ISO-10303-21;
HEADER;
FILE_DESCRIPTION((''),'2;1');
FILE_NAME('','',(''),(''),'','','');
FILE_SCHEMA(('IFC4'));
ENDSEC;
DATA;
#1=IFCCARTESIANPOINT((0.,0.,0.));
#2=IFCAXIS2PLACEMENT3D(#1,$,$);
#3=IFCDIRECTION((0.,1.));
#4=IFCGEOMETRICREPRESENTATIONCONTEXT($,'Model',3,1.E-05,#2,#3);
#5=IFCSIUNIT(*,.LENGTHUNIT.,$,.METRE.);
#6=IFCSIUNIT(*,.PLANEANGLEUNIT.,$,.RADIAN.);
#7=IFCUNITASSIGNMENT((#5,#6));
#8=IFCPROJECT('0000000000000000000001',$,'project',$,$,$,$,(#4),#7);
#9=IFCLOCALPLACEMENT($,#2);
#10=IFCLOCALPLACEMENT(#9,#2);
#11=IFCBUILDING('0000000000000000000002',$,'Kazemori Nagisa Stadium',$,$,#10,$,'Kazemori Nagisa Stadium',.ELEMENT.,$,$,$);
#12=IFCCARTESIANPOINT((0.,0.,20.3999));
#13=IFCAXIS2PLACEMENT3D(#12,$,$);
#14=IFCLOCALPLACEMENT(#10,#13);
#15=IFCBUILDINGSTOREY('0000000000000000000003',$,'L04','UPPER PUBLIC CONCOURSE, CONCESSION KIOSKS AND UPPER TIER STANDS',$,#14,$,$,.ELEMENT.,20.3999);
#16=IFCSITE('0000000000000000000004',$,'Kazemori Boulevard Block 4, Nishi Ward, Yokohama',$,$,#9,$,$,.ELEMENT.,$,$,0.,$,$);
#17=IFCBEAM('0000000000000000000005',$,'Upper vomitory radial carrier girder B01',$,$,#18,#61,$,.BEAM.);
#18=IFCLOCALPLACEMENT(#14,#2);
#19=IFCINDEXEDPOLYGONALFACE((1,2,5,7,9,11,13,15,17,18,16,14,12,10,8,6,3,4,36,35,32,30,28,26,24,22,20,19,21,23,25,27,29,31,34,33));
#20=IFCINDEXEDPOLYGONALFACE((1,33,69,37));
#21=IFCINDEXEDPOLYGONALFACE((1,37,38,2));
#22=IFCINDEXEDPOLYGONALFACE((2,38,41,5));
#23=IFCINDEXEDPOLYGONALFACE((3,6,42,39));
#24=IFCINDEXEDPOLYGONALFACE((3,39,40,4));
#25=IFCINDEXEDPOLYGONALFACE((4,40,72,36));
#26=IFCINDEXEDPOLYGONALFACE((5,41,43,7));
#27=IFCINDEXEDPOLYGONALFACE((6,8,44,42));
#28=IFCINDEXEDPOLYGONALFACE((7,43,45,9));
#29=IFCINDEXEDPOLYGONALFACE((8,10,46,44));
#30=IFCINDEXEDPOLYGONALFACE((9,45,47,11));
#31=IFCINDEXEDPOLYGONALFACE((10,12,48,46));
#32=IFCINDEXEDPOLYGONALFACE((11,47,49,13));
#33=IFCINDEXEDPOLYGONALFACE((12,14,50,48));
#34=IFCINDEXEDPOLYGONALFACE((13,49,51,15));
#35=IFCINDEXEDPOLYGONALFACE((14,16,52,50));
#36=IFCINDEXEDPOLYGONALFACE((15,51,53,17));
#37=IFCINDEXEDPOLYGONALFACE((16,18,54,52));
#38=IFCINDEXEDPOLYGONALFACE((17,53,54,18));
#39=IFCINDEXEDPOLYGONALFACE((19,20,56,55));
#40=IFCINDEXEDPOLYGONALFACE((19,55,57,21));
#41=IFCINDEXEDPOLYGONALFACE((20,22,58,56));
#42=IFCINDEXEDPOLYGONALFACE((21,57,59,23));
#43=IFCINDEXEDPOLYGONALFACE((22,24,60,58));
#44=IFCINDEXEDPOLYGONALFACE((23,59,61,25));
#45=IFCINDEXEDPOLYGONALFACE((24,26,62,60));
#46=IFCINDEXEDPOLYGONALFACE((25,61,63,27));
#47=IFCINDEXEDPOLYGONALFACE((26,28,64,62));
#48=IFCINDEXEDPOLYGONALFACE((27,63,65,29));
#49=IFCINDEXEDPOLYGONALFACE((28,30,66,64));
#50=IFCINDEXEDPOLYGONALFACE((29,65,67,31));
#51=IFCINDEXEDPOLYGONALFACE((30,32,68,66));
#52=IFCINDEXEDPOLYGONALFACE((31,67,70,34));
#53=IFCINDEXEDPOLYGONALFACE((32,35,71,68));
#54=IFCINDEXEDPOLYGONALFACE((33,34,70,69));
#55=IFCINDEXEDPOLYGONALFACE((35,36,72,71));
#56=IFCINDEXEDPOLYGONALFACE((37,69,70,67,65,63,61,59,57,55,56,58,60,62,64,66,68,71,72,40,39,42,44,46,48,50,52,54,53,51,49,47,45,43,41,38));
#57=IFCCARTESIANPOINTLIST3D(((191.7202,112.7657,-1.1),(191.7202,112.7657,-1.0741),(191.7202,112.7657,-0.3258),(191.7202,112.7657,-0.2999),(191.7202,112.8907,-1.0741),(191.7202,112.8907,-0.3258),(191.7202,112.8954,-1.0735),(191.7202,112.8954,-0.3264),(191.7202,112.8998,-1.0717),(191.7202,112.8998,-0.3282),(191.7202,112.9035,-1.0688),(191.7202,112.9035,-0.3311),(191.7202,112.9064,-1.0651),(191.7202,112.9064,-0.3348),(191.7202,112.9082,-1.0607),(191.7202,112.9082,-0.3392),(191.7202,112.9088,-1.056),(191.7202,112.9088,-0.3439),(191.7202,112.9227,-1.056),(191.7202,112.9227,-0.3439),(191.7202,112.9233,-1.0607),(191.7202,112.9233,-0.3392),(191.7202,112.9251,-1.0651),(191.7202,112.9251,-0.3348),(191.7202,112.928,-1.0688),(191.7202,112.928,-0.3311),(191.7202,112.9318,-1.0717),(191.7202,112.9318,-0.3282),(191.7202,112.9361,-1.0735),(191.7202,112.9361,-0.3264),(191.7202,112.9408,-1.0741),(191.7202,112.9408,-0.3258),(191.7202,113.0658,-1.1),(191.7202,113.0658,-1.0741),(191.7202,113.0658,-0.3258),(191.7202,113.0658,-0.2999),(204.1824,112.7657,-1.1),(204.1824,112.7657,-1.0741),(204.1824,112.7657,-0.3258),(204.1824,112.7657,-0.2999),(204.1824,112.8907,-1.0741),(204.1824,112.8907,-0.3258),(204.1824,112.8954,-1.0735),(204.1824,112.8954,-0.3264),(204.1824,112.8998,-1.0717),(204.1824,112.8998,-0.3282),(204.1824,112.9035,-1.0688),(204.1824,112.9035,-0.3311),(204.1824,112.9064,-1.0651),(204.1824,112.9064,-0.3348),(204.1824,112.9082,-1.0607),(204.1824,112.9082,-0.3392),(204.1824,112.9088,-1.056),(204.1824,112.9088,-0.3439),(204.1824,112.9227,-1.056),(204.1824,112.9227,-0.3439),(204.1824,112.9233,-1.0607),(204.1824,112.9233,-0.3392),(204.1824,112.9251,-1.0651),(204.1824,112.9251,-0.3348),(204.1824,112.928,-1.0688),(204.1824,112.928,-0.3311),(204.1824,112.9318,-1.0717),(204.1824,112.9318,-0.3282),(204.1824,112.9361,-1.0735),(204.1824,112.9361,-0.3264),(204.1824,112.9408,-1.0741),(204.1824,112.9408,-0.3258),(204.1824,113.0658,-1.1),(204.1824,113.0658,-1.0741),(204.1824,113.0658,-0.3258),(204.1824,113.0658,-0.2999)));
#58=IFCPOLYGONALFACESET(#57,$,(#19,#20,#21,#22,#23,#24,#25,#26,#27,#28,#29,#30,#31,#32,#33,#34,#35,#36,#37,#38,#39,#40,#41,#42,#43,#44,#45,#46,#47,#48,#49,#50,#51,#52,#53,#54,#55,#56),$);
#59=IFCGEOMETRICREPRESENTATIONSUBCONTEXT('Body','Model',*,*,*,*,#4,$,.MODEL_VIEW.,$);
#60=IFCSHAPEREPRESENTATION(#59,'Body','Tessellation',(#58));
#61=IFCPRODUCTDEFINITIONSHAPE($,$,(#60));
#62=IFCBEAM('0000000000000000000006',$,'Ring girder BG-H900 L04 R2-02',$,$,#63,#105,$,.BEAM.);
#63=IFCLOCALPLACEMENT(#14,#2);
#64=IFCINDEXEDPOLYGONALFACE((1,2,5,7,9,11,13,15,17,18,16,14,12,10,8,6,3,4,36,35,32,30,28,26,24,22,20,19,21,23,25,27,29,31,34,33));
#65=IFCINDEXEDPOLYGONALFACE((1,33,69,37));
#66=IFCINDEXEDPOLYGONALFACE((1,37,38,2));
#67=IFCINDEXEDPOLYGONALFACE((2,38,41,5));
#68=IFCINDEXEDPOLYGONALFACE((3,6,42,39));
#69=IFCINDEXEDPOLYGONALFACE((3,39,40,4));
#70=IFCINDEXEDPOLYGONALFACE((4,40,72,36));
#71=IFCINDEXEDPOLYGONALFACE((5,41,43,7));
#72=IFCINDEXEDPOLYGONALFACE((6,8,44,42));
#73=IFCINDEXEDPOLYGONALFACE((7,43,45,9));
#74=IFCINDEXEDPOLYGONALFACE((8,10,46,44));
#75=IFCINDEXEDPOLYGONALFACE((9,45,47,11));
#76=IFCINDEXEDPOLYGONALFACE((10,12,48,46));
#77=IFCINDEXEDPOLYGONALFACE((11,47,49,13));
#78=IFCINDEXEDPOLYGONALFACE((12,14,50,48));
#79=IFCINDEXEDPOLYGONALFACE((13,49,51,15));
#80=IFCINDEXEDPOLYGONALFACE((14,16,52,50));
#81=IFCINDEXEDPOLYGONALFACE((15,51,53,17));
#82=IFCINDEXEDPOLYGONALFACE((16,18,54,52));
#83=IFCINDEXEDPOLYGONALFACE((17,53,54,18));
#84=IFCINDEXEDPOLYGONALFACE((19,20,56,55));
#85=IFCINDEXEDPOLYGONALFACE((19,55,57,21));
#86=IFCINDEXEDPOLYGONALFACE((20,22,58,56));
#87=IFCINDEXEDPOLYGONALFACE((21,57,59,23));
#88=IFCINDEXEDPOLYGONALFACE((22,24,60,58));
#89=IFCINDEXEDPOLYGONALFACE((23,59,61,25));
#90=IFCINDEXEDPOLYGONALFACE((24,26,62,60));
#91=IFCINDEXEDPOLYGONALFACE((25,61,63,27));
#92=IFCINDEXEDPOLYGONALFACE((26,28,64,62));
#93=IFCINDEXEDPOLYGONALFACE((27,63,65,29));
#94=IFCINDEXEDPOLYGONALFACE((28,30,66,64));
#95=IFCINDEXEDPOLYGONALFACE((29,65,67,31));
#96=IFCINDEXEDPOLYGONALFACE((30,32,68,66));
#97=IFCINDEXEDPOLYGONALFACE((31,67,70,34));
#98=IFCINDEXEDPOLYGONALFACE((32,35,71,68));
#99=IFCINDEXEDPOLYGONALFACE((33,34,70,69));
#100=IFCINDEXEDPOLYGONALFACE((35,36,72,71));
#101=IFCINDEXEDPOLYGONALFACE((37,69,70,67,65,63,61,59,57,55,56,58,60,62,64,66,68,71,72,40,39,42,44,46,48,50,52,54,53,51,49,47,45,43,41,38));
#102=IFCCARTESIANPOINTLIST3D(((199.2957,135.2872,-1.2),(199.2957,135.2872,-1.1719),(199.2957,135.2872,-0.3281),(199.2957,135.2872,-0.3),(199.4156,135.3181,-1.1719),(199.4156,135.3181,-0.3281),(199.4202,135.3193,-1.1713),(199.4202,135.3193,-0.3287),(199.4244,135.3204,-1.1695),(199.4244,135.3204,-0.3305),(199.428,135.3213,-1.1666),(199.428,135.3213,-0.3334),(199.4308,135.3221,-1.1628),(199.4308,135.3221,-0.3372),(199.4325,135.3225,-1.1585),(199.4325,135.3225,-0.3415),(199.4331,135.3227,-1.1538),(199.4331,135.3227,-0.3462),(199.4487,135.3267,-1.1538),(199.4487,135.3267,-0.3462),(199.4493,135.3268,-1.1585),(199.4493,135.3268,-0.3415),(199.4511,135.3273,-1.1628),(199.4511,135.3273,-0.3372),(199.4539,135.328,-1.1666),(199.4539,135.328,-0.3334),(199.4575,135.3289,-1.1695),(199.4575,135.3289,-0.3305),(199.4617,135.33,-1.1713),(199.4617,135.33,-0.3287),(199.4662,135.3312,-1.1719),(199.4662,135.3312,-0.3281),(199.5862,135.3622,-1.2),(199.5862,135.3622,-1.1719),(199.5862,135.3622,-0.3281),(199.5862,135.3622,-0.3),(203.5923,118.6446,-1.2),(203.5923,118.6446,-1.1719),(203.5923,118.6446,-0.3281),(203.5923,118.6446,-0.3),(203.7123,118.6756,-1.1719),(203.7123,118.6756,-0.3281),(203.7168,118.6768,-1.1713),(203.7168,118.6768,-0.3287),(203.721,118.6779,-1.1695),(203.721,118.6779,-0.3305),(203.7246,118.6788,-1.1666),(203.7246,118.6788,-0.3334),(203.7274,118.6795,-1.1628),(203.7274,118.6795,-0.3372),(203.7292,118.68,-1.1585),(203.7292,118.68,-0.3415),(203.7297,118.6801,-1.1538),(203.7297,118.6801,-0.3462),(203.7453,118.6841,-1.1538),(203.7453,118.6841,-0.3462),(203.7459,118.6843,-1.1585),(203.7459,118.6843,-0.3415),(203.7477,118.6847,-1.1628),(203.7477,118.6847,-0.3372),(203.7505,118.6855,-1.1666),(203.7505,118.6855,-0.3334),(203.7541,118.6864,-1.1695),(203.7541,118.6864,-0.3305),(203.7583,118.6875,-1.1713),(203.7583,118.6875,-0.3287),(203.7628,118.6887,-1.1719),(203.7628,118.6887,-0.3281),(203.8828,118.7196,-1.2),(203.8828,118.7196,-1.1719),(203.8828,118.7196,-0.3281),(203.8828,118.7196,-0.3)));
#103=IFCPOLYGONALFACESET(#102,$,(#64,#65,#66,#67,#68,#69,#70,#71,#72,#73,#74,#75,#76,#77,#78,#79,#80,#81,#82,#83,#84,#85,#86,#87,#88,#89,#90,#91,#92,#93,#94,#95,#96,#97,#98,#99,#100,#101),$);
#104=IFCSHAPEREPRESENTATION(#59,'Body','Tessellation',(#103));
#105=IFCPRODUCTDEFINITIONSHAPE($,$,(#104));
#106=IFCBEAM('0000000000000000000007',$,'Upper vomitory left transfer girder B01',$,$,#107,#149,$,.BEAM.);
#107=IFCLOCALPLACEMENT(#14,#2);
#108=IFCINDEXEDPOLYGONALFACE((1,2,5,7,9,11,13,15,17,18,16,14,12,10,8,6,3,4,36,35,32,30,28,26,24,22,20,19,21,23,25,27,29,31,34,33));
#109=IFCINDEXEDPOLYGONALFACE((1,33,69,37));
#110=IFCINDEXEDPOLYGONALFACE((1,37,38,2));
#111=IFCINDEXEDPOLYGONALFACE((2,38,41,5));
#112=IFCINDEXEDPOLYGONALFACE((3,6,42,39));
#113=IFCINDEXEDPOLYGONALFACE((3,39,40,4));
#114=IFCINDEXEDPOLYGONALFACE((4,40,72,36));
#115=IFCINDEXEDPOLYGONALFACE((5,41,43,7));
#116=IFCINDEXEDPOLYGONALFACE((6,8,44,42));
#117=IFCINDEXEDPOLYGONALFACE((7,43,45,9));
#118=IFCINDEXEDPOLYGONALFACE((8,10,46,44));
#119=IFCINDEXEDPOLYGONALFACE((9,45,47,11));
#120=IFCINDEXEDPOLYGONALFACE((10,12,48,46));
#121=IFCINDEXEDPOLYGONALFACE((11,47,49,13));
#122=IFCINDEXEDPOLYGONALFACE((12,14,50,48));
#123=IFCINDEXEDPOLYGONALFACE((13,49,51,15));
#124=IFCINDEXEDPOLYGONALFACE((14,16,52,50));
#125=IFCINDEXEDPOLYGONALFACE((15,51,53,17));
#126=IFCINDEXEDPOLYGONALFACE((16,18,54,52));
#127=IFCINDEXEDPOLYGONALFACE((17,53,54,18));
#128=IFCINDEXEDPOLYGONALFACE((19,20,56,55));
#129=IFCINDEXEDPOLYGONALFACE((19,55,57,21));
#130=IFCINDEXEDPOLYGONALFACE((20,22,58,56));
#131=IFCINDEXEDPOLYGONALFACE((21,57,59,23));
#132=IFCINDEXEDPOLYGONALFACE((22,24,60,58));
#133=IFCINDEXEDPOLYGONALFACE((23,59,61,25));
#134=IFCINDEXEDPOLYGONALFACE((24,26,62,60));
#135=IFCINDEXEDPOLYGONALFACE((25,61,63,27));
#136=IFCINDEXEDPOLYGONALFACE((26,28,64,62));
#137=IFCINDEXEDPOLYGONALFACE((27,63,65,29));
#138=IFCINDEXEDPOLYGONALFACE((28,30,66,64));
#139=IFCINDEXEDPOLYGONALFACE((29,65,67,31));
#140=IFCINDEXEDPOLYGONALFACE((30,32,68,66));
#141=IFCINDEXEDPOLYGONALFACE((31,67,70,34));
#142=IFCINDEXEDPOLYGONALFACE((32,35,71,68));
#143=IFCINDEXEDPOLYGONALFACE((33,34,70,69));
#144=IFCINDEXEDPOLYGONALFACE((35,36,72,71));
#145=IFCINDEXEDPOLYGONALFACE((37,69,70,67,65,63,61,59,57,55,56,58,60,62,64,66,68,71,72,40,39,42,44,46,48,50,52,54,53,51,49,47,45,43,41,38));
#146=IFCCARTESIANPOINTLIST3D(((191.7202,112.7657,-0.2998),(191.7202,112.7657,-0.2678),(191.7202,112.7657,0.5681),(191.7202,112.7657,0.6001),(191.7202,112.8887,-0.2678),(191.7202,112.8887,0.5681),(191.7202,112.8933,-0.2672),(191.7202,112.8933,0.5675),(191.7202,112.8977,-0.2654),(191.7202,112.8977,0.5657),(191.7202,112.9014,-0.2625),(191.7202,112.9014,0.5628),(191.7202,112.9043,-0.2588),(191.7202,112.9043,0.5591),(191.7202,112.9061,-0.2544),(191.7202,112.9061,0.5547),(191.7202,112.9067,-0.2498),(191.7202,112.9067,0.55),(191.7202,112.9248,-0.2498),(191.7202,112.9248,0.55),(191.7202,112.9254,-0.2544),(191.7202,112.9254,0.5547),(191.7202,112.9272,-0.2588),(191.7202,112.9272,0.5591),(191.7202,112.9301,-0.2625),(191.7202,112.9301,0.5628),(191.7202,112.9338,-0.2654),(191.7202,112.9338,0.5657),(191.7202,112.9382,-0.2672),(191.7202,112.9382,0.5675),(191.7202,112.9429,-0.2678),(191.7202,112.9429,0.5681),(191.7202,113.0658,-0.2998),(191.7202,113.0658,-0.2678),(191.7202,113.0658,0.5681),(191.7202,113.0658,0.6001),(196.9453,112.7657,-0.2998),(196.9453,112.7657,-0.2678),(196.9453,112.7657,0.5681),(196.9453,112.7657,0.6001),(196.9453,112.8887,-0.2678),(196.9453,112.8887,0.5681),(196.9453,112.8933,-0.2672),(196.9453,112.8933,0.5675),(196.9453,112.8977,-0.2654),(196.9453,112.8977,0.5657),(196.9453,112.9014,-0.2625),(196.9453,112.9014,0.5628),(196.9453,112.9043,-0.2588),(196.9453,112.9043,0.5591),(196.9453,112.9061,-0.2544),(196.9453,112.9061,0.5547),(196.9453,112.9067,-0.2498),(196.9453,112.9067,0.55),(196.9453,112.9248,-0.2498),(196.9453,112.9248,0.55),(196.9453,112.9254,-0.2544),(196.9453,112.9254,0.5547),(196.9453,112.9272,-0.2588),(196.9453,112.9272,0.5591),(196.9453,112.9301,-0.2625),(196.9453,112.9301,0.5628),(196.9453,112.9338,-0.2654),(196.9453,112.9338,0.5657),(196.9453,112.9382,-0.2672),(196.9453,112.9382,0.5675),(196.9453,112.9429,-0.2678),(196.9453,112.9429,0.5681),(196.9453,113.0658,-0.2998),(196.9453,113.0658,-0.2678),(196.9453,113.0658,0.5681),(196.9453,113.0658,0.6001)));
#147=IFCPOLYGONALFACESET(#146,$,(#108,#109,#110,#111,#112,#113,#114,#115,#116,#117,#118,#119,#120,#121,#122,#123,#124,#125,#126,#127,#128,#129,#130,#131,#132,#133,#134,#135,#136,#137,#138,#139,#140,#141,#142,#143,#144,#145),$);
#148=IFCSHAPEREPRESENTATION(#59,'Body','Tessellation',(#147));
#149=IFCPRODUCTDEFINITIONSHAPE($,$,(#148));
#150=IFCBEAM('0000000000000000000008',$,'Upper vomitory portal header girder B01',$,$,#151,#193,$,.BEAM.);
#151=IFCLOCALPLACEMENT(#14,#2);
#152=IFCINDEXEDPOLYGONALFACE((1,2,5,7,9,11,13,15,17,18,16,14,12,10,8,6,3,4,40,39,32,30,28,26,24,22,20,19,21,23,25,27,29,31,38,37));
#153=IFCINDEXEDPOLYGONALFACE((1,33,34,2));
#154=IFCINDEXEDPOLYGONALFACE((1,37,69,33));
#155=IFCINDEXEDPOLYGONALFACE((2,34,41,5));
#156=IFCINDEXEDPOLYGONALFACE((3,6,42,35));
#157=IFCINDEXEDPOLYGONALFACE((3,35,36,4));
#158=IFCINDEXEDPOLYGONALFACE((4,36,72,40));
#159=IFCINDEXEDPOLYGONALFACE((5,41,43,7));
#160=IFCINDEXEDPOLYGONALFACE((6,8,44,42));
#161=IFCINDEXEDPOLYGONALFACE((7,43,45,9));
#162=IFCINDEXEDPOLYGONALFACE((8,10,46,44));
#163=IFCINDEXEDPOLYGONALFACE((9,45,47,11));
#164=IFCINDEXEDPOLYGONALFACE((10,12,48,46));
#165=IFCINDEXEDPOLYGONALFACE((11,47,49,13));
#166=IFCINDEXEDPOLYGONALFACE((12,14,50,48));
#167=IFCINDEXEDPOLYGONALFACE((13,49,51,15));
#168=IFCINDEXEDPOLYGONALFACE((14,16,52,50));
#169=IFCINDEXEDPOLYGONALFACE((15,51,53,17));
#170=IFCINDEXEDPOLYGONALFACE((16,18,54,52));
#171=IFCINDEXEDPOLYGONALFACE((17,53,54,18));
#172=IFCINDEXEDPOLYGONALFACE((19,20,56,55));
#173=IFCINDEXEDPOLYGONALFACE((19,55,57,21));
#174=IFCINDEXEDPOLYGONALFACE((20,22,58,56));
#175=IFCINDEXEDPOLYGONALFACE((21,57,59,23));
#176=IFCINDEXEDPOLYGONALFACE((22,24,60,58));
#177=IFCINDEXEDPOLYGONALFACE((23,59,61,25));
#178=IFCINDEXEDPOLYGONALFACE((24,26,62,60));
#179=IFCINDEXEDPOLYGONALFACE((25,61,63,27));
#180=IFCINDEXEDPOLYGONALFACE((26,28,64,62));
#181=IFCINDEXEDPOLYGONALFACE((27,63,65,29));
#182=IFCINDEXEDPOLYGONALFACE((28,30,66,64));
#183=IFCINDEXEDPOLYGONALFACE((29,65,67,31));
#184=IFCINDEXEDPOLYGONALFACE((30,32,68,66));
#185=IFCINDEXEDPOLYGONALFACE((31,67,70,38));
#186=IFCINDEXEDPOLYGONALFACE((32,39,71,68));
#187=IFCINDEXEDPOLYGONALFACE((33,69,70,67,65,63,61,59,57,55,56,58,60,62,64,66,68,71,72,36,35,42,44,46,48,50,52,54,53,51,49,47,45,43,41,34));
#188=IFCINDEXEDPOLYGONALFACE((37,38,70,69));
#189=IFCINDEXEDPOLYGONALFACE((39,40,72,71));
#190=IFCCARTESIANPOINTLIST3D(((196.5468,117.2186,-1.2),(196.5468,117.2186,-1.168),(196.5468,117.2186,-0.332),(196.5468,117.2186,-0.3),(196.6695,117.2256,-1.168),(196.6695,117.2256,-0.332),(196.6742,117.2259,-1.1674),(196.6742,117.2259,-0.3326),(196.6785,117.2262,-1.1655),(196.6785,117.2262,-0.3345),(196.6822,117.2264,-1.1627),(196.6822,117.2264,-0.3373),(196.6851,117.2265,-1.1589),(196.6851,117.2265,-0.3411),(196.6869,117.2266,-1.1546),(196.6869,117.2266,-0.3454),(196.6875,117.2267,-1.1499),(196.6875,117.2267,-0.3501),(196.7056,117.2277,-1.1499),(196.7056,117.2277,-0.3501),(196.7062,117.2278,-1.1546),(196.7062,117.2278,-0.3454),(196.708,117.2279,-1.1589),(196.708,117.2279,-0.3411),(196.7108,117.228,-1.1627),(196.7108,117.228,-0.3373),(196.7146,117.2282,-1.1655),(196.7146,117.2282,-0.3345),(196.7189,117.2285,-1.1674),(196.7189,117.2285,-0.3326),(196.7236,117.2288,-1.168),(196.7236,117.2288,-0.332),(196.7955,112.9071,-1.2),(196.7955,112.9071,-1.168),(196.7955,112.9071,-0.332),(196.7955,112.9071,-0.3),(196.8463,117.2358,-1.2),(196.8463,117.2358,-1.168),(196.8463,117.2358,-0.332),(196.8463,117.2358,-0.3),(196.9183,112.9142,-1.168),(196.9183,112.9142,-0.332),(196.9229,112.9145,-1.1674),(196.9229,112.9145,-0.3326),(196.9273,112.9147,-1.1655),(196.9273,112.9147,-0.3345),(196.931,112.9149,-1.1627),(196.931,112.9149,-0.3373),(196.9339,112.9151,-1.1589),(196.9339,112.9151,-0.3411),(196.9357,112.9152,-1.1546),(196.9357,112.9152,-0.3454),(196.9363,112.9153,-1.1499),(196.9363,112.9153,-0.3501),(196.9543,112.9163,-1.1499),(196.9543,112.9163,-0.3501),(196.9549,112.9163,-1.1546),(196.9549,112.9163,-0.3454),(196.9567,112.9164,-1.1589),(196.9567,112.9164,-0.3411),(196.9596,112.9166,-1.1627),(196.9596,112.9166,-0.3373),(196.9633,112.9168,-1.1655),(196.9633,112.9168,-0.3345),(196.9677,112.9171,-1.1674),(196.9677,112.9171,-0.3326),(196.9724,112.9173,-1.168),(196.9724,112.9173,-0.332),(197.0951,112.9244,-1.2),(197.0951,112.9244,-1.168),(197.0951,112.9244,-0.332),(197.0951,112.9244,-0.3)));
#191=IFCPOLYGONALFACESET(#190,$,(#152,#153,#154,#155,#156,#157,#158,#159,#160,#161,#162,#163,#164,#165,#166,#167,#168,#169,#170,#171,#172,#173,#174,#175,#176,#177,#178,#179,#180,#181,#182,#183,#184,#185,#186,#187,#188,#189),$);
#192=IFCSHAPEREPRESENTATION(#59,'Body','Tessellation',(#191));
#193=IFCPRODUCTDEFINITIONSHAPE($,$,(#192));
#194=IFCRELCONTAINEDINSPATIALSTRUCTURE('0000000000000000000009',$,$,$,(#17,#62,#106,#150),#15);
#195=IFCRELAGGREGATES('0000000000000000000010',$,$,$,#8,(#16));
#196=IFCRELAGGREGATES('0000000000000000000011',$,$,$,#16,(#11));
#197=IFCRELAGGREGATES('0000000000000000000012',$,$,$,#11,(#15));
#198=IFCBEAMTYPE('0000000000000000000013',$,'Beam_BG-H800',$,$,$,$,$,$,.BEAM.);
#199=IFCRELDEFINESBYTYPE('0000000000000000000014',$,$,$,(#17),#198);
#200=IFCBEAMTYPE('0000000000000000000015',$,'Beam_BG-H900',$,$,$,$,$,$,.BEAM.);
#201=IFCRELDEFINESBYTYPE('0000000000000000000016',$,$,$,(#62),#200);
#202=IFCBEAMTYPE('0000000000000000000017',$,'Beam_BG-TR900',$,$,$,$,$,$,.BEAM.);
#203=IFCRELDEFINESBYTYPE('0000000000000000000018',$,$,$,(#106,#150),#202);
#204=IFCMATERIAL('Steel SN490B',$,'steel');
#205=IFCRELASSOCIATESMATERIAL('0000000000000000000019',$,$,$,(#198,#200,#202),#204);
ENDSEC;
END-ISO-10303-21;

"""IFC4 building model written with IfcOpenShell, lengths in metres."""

from ifc_helpers import new_model, si_unit, direction, frame, origin, origin_2d, place, context, subcontext, project, spatial, i_section, extrude, material, material_profile, profile_set, type_object, element, save


model = new_model("IFC4")

# Units and contexts
model_context = context("Model", 3, precision=1e-05, world=origin(), true_north=direction((0.0, 1.0)))
body_context = subcontext(model_context, "Body", "Model", "MODEL_VIEW")
ifc_project = project(units=[si_unit("LENGTHUNIT", "METRE"), si_unit("PLANEANGLEUNIT", "RADIAN")], contexts=[model_context])

# Site, building, storey
site_placement = place(None, origin())
site = spatial("IfcSite", under=ifc_project, at=site_placement, Name="Kazemori Boulevard Block 4, Nishi Ward, Yokohama", CompositionType="ELEMENT", RefElevation=0.0)
building_placement = place(site_placement, origin())
building = spatial("IfcBuilding", under=site, at=building_placement, Name="Kazemori Nagisa Stadium", LongName="Kazemori Nagisa Stadium", CompositionType="ELEMENT")
storey_placement = place(building_placement, frame((0.0, 0.0, 20.3999)))
storey = spatial("IfcBuildingStorey", under=building, at=storey_placement, Name="L04", Description="UPPER PUBLIC CONCOURSE, CONCESSION KIOSKS AND UPPER TIER STANDS", CompositionType="ELEMENT", Elevation=20.3999)

# Beams
ifc_material_1 = material(Name="Steel SN490B", Category="steel")
ifc_material_profile_1 = material_profile(ifc_material_1, i_section(OverallWidth=0.3, OverallDepth=0.8, WebThickness=0.0139, FlangeThickness=0.0259, FilletRadius=0.0181, at=origin_2d()), Name="H-800x300x14x26")
ifc_profile_set_1 = profile_set([ifc_material_profile_1], Name="Steel SN490B")
beam_type_1 = type_object("IfcBeamType", Name="Beam_BG-H800", PredefinedType="BEAM", material=ifc_profile_set_1)
beam_1_placement = place(storey_placement, frame((191.7202, 112.9158, -0.7), z_axis=(1.0, 0.0, 0.0), x_axis=(0.0, 1.0, 0.0)))
element("IfcBeam", 1, at=beam_1_placement, inside=storey, type_object=beam_type_1, Name="Upper vomitory radial carrier girder B01", PredefinedType="BEAM", context=body_context, shape_type="SweptSolid", body=[
    extrude(i_section(OverallWidth=0.3, OverallDepth=0.8, WebThickness=0.0139, FlangeThickness=0.0259, FilletRadius=0.0181, at=origin_2d()), origin(), (0.0, 0.0, 1.0), 12.4622),
])
ifc_material_profile_2 = material_profile(ifc_material_1, i_section(OverallWidth=0.3, OverallDepth=0.8999, WebThickness=0.0161, FlangeThickness=0.0281, FilletRadius=0.0181, at=origin_2d()), Name="H-900x300x16x28")
ifc_profile_set_2 = profile_set([ifc_material_profile_2], Name="Steel SN490B")
beam_type_2 = type_object("IfcBeamType", Name="Beam_BG-H900", PredefinedType="BEAM", material=ifc_profile_set_2)
beam_2_placement = place(storey_placement, frame((203.7375, 118.6821, -0.75), z_axis=(-0.249975, 0.968252, 0.0), x_axis=(-0.968252, -0.249975, 0.0)))
element("IfcBeam", 2, at=beam_2_placement, inside=storey, type_object=beam_type_2, Name="Ring girder BG-H900 L04 R2-02", PredefinedType="BEAM", context=body_context, shape_type="SweptSolid", body=[
    extrude(i_section(OverallWidth=0.3, OverallDepth=0.8999, WebThickness=0.0161, FlangeThickness=0.0281, FilletRadius=0.0181, at=origin_2d()), origin(), (0.0, 0.0, 1.0), 17.1882),
])
ifc_material_profile_3 = material_profile(ifc_material_1, i_section(OverallWidth=0.3, OverallDepth=0.8999, WebThickness=0.0181, FlangeThickness=0.032, FilletRadius=0.0181, at=origin_2d()), Name="H-900x300x18x32")
ifc_profile_set_3 = profile_set([ifc_material_profile_3], Name="Steel SN490B")
beam_type_3 = type_object("IfcBeamType", Name="Beam_BG-TR900", PredefinedType="BEAM", material=ifc_profile_set_3)
beam_3_placement = place(storey_placement, frame((191.7202, 112.9158, 0.1501), z_axis=(1.0, 0.0, 0.0), x_axis=(0.0, 1.0, 0.0)))
element("IfcBeam", 3, at=beam_3_placement, inside=storey, type_object=beam_type_3, Name="Upper vomitory left transfer girder B01", PredefinedType="BEAM", context=body_context, shape_type="SweptSolid", body=[
    extrude(i_section(OverallWidth=0.3, OverallDepth=0.8999, WebThickness=0.0181, FlangeThickness=0.032, FilletRadius=0.0181, at=origin_2d()), origin(), (0.0, 0.0, 1.0), 5.2251),
])
beam_4_placement = place(storey_placement, frame((196.9453, 112.9158, -0.75), z_axis=(-0.057605, 0.998339, 0.0), x_axis=(-0.998339, -0.057605, 0.0)))
element("IfcBeam", 4, at=beam_4_placement, inside=storey, type_object=beam_type_3, Name="Upper vomitory portal header girder B01", PredefinedType="BEAM", context=body_context, shape_type="SweptSolid", body=[
    extrude(i_section(OverallWidth=0.3, OverallDepth=0.8999, WebThickness=0.0181, FlangeThickness=0.032, FilletRadius=0.0181, at=origin_2d()), origin(), (0.0, 0.0, 1.0), 4.3186),
])

save(model, "model.ifc")
